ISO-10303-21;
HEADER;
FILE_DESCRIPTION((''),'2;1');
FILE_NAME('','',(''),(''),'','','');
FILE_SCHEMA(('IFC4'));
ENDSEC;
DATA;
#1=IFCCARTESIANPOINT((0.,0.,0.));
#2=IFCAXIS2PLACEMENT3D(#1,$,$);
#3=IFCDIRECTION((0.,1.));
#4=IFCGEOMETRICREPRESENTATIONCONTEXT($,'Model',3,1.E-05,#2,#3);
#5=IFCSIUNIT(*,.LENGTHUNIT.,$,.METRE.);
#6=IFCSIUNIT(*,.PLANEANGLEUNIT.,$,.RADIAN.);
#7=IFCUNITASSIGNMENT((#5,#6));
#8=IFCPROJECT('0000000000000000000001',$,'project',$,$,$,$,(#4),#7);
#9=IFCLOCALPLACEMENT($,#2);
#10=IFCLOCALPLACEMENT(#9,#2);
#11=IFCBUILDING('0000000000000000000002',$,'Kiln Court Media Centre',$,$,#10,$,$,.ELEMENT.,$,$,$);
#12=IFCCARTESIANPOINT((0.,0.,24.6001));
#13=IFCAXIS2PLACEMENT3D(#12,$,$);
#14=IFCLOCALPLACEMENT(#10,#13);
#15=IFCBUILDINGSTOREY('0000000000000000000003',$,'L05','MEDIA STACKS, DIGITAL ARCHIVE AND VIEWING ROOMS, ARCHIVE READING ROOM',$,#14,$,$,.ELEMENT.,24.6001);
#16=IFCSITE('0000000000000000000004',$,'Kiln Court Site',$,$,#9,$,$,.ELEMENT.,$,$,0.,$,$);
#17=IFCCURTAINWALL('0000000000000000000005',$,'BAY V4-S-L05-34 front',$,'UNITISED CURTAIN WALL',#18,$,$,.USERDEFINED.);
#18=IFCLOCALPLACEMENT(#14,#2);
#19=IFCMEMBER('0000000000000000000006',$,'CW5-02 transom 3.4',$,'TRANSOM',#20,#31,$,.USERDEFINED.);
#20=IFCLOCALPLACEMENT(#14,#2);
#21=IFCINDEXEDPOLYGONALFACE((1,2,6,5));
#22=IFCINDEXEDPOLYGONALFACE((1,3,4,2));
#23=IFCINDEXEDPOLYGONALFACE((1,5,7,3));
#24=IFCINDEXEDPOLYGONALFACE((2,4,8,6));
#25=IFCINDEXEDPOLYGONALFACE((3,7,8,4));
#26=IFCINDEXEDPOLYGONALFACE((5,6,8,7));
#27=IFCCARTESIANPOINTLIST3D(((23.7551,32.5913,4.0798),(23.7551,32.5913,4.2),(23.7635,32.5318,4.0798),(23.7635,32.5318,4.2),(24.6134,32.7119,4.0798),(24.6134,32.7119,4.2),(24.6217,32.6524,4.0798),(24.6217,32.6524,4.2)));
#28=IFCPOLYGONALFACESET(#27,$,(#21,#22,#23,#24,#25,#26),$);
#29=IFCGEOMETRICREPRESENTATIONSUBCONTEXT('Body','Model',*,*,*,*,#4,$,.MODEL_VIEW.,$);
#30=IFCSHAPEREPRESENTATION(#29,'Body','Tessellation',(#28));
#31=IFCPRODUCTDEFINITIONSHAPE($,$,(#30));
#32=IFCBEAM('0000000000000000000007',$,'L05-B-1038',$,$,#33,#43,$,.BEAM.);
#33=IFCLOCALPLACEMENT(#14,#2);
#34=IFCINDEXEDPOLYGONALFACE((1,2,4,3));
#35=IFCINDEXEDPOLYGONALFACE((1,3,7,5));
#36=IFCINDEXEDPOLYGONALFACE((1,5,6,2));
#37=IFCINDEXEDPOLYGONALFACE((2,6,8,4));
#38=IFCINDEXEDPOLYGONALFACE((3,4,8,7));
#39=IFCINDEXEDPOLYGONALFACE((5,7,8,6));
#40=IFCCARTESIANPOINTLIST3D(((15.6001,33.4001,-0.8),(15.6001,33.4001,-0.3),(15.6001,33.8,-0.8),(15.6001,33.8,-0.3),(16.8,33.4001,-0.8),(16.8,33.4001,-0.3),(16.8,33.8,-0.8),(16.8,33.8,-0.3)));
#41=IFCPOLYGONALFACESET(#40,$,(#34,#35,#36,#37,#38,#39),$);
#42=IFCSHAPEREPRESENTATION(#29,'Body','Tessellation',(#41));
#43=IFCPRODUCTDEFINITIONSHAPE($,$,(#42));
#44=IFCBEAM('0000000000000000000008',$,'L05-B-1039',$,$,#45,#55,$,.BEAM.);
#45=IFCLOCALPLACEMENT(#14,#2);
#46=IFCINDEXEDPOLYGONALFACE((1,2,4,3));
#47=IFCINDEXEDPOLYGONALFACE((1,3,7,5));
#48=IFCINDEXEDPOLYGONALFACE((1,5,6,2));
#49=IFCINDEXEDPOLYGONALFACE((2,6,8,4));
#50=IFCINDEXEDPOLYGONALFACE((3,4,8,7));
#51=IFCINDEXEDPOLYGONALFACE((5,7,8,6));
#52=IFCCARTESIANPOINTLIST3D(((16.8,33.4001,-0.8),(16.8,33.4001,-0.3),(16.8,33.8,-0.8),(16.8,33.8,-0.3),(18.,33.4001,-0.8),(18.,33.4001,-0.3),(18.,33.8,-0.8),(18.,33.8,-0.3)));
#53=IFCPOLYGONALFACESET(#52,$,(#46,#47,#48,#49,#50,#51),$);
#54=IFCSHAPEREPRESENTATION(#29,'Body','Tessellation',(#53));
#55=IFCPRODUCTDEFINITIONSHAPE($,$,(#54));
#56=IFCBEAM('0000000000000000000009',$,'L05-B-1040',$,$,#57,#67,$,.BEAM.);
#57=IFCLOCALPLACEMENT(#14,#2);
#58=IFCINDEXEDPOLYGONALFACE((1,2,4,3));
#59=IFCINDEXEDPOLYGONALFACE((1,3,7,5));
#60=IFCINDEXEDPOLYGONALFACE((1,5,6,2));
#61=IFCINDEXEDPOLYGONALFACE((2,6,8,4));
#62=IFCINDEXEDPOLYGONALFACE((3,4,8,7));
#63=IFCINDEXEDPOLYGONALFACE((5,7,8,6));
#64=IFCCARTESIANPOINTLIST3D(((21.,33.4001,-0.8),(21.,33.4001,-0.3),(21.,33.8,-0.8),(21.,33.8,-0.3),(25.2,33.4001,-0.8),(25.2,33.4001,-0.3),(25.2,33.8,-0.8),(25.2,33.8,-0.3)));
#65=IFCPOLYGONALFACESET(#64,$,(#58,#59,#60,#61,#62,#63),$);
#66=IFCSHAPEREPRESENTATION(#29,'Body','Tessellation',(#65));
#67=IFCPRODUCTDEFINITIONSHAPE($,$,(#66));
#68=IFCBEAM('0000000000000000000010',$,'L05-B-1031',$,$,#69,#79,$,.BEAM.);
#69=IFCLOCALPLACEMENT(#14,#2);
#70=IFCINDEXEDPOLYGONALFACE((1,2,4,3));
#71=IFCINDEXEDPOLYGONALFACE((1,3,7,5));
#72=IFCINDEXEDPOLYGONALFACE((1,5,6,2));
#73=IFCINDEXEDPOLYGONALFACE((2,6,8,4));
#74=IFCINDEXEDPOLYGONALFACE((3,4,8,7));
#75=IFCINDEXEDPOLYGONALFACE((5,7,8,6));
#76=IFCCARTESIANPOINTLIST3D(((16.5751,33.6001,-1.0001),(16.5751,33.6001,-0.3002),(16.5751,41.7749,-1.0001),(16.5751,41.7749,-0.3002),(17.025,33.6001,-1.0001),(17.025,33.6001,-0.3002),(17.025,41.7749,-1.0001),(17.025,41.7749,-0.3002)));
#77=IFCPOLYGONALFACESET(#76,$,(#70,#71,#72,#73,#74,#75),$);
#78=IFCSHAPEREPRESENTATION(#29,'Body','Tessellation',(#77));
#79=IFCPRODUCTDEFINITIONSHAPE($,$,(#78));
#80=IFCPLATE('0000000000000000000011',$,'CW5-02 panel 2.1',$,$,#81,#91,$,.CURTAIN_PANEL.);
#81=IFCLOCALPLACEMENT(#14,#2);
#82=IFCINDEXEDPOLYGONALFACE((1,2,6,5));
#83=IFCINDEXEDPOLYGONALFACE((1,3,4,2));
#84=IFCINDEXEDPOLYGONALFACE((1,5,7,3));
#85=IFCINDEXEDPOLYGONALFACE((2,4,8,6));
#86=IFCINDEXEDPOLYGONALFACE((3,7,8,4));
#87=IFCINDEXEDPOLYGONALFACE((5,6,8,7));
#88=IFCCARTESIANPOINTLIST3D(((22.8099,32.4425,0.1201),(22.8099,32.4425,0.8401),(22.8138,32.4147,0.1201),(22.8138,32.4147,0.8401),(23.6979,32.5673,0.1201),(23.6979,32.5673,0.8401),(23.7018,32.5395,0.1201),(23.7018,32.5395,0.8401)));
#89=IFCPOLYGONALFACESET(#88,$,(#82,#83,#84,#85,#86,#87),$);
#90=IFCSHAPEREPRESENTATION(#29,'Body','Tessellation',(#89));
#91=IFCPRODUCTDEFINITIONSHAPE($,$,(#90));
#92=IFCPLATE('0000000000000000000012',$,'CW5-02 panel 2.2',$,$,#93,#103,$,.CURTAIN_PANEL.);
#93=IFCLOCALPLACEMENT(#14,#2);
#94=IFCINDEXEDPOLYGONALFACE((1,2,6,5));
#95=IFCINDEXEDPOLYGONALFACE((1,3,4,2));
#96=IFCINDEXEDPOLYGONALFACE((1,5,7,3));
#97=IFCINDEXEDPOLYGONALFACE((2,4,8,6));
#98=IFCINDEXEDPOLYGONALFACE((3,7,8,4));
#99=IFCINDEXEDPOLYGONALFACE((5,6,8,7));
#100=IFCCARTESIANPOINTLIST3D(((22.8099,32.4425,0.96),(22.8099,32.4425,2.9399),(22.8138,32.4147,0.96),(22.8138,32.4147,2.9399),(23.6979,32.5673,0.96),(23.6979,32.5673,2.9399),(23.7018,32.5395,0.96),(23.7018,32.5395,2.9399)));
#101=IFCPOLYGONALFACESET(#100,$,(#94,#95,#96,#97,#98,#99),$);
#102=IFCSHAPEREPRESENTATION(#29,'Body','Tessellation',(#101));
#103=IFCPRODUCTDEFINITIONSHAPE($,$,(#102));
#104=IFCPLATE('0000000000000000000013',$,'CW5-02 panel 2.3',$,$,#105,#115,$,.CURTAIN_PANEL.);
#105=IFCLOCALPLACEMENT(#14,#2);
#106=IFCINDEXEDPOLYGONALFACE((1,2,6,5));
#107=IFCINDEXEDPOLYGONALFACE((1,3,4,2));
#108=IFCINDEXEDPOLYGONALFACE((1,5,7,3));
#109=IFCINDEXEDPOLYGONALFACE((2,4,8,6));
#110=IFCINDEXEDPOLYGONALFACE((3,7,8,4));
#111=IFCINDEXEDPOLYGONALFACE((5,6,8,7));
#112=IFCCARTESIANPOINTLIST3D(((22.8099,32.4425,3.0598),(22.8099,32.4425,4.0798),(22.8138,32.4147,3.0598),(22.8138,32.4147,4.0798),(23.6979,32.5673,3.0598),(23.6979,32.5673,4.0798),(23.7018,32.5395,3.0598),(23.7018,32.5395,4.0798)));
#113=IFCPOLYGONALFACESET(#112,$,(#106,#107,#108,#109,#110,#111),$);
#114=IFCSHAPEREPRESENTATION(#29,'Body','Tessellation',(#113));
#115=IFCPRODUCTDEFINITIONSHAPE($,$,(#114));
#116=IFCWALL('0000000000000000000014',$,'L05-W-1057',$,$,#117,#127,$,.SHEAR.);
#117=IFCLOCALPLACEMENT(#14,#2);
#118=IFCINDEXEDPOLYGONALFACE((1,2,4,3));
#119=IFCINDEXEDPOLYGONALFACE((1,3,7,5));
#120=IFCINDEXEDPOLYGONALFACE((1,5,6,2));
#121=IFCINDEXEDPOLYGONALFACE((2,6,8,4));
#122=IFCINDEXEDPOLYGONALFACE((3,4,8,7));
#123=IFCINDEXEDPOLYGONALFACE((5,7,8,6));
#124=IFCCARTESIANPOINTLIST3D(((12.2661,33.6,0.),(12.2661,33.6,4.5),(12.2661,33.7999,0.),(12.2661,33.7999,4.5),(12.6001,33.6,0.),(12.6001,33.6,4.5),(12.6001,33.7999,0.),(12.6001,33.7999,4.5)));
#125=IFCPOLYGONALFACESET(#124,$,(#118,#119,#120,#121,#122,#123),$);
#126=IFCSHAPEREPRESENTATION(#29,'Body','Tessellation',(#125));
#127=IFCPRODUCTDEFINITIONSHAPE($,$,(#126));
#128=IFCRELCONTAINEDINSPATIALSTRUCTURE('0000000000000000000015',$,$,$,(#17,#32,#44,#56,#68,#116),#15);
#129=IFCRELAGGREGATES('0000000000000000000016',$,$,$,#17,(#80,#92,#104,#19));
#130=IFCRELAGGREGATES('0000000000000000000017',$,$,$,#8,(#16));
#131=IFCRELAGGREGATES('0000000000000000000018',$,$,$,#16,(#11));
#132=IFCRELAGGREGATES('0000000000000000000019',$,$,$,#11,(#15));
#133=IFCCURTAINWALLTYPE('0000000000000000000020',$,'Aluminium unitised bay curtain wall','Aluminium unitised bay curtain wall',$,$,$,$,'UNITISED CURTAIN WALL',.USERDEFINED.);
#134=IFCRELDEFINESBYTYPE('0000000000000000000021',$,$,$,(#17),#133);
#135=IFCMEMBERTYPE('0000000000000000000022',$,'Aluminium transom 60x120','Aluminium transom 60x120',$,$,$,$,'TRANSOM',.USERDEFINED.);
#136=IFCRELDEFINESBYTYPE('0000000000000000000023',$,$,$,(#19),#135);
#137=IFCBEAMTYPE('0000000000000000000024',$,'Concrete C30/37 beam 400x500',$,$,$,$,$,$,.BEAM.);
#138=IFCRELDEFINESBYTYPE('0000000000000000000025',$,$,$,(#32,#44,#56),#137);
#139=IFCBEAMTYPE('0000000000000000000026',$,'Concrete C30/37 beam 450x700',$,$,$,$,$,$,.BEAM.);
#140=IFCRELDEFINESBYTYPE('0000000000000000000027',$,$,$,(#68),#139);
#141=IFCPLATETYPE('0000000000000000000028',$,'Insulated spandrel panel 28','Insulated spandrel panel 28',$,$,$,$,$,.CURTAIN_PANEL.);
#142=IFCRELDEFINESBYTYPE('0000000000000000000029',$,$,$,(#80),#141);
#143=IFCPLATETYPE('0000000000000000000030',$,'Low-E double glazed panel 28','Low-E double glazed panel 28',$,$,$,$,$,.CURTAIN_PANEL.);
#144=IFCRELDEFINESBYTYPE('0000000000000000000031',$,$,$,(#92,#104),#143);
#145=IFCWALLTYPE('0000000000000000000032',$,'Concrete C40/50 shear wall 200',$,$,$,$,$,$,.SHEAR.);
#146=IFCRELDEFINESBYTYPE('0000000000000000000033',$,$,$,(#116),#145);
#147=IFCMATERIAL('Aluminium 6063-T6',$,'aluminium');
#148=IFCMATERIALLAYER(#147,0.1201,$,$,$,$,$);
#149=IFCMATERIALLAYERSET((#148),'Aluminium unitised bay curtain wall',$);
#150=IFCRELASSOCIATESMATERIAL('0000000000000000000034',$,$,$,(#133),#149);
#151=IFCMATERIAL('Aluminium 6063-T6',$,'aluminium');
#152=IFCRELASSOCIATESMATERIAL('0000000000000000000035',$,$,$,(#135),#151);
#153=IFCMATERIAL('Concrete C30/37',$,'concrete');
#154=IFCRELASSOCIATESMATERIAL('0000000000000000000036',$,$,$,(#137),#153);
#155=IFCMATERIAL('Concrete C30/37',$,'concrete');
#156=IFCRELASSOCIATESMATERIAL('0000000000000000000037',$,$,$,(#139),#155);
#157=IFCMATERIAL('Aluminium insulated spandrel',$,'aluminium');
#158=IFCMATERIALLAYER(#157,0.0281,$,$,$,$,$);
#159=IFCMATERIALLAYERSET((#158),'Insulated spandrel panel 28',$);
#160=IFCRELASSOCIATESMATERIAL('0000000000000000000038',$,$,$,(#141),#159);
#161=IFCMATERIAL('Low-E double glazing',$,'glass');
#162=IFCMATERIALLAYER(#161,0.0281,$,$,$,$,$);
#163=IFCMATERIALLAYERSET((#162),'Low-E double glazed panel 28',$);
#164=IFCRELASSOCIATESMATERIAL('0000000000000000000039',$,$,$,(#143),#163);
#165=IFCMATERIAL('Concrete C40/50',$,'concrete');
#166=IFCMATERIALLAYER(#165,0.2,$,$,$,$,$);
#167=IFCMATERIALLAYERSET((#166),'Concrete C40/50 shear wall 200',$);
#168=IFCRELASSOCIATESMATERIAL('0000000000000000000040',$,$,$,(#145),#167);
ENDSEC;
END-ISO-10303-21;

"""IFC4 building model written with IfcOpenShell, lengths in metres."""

from ifc_helpers import new_model, si_unit, direction, frame, frame_2d, origin, origin_2d, place, context, subcontext, project, spatial, rectangle, extrude, material, layer, layer_set, material_profile, profile_set, type_object, element, aggregate, save


model = new_model("IFC4")

# Units and contexts
model_context = context("Model", 3, precision=1e-05, world=origin(), true_north=direction((0.0, 1.0)))
body_context = subcontext(model_context, "Body", "Model", "MODEL_VIEW")
ifc_project = project(units=[si_unit("LENGTHUNIT", "METRE"), si_unit("PLANEANGLEUNIT", "RADIAN")], contexts=[model_context])

# Site, building, storey
site_placement = place(None, origin())
site = spatial("IfcSite", under=ifc_project, at=site_placement, Name="Kiln Court Site", CompositionType="ELEMENT", RefElevation=0.0)
building_placement = place(site_placement, origin())
building = spatial("IfcBuilding", under=site, at=building_placement, Name="Kiln Court Media Centre", CompositionType="ELEMENT")
storey_placement = place(building_placement, frame((0.0, 0.0, 24.6001)))
storey = spatial("IfcBuildingStorey", under=building, at=storey_placement, Name="L05", Description="MEDIA STACKS, DIGITAL ARCHIVE AND VIEWING ROOMS, ARCHIVE READING ROOM", CompositionType="ELEMENT", Elevation=24.6001)

# Curtain wall
ifc_material_1 = material(Name="Aluminium 6063-T6", Category="aluminium")
ifc_layer_1 = layer(ifc_material_1, 0.1201)
ifc_layer_set_1 = layer_set([ifc_layer_1], Name="Aluminium unitised bay curtain wall")
curtain_wall_type = type_object("IfcCurtainWallType", Name="Aluminium unitised bay curtain wall", Description="Aluminium unitised bay curtain wall", ElementType="UNITISED CURTAIN WALL", PredefinedType="USERDEFINED", material=ifc_layer_set_1)
curtain_wall_1_placement = place(storey_placement, origin())
curtain_wall_1 = element("IfcCurtainWall", 1, at=curtain_wall_1_placement, inside=storey, type_object=curtain_wall_type, Name="BAY V4-S-L05-34 front", ObjectType="UNITISED CURTAIN WALL", PredefinedType="USERDEFINED")
ifc_material_2 = material(Name="Aluminium 6063-T6", Category="aluminium")
ifc_material_profile_1 = material_profile(ifc_material_2, rectangle(XDim=0.0601, YDim=0.1201, at=origin_2d()), Name="Aluminium transom 60x120")
ifc_profile_set_1 = profile_set([ifc_material_profile_1], Name="Aluminium 6063-T6")
member_type_1 = type_object("IfcMemberType", Name="Aluminium transom 60x120", Description="Aluminium transom 60x120", ElementType="TRANSOM", PredefinedType="USERDEFINED", material=ifc_profile_set_1)

# Member
member_1_placement = place(storey_placement, frame((23.7593, 32.5615, 4.1399), z_axis=(0.990268, 0.139173, 0.0), x_axis=(-0.139173, 0.990268, 0.0)))
member_1 = element("IfcMember", 2, at=member_1_placement, type_object=member_type_1, Name="CW5-02 transom 3.4", ObjectType="TRANSOM", PredefinedType="USERDEFINED", context=body_context, shape_type="SweptSolid", body=[
    extrude(rectangle(XDim=0.0601, YDim=0.1201, at=origin_2d()), origin(), (0.0, 0.0, 1.0), 0.8667),
])

# Beams
ifc_material_3 = material(Name="Concrete C30/37", Category="concrete")
ifc_material_profile_2 = material_profile(ifc_material_3, rectangle(XDim=0.3999, YDim=0.5, at=origin_2d()), Name="RC 400x500")
ifc_profile_set_2 = profile_set([ifc_material_profile_2], Name="Concrete C30/37")
beam_type_1 = type_object("IfcBeamType", Name="Concrete C30/37 beam 400x500", PredefinedType="BEAM", material=ifc_profile_set_2)
for number, where, z_axis, x_axis, name in (
    (3, (15.6001, 33.6001, -0.55), (1.0, 0.0, 0.0), (0.0, 1.0, 0.0), "L05-B-1038"),
    (4, (16.8, 33.6001, -0.55), (1.0, 0.0, 0.0), (0.0, 1.0, 0.0), "L05-B-1039"),
):
    element("IfcBeam", number, at=place(storey_placement, frame(where, z_axis=z_axis, x_axis=x_axis)), inside=storey, type_object=beam_type_1, Name=name, PredefinedType="BEAM", context=body_context, shape_type="SweptSolid", body=[
        extrude(rectangle(XDim=0.3999, YDim=0.5, at=origin_2d()), origin(), (0.0, 0.0, 1.0), 1.2),
    ])
beam_1_placement = place(storey_placement, frame((21.0, 33.6001, -0.55), z_axis=(1.0, 0.0, 0.0), x_axis=(0.0, 1.0, 0.0)))
element("IfcBeam", 5, at=beam_1_placement, inside=storey, type_object=beam_type_1, Name="L05-B-1040", PredefinedType="BEAM", context=body_context, shape_type="SweptSolid", body=[
    extrude(rectangle(XDim=0.3999, YDim=0.5, at=origin_2d()), origin(), (0.0, 0.0, 1.0), 4.2),
])
ifc_material_4 = material(Name="Concrete C30/37", Category="concrete")
ifc_material_profile_3 = material_profile(ifc_material_4, rectangle(XDim=0.45, YDim=0.7, at=origin_2d()), Name="RC 450x700")
ifc_profile_set_3 = profile_set([ifc_material_profile_3], Name="Concrete C30/37")
beam_type_2 = type_object("IfcBeamType", Name="Concrete C30/37 beam 450x700", PredefinedType="BEAM", material=ifc_profile_set_3)
beam_2_placement = place(storey_placement, frame((16.8, 33.6001, -0.6501), z_axis=(0.0, 1.0, 0.0), x_axis=(-1.0, 0.0, 0.0)))
element("IfcBeam", 6, at=beam_2_placement, inside=storey, type_object=beam_type_2, Name="L05-B-1031", PredefinedType="BEAM", context=body_context, shape_type="SweptSolid", body=[
    extrude(rectangle(XDim=0.45, YDim=0.7, at=origin_2d()), origin(), (0.0, 0.0, 1.0), 8.1748),
])

# Plates
ifc_material_5 = material(Name="Aluminium insulated spandrel", Category="aluminium")
ifc_layer_2 = layer(ifc_material_5, 0.0281)
ifc_layer_set_2 = layer_set([ifc_layer_2], Name="Insulated spandrel panel 28")
plate_type_1 = type_object("IfcPlateType", Name="Insulated spandrel panel 28", Description="Insulated spandrel panel 28", PredefinedType="CURTAIN_PANEL", material=ifc_layer_set_2)
plate_1_placement = place(storey_placement, frame((23.2559, 32.491, 0.1201), z_axis=(0.0, 0.0, 1.0), x_axis=(0.99027, 0.139162, 0.0)))
plate_1 = element("IfcPlate", 7, at=plate_1_placement, type_object=plate_type_1, Name="CW5-02 panel 2.1", PredefinedType="CURTAIN_PANEL", context=body_context, shape_type="SweptSolid", body=[
    extrude(rectangle(XDim=0.8967, YDim=0.0281, at=origin_2d()), origin(), (0.0, 0.0, 1.0), 0.72),
])
ifc_material_6 = material(Name="Low-E double glazing", Category="glass")
ifc_layer_3 = layer(ifc_material_6, 0.0281)
ifc_layer_set_3 = layer_set([ifc_layer_3], Name="Low-E double glazed panel 28")
plate_type_2 = type_object("IfcPlateType", Name="Low-E double glazed panel 28", Description="Low-E double glazed panel 28", PredefinedType="CURTAIN_PANEL", material=ifc_layer_set_3)
plate_2_placement = place(storey_placement, frame((23.2559, 32.491, 0.96), z_axis=(0.0, 0.0, 1.0), x_axis=(0.99027, 0.139162, 0.0)))
plate_2 = element("IfcPlate", 8, at=plate_2_placement, type_object=plate_type_2, Name="CW5-02 panel 2.2", PredefinedType="CURTAIN_PANEL", context=body_context, shape_type="SweptSolid", body=[
    extrude(rectangle(XDim=0.8967, YDim=0.0281, at=origin_2d()), origin(), (0.0, 0.0, 1.0), 1.98),
])
plate_3_placement = place(storey_placement, frame((23.2559, 32.491, 3.0598), z_axis=(0.0, 0.0, 1.0), x_axis=(0.99027, 0.139162, 0.0)))
plate_3 = element("IfcPlate", 9, at=plate_3_placement, type_object=plate_type_2, Name="CW5-02 panel 2.3", PredefinedType="CURTAIN_PANEL", context=body_context, shape_type="SweptSolid", body=[
    extrude(rectangle(XDim=0.8967, YDim=0.0281, at=origin_2d()), origin(), (0.0, 0.0, 1.0), 1.02),
])
aggregate(curtain_wall_1, [plate_1, plate_2, plate_3, member_1])

# Wall
ifc_material_7 = material(Name="Concrete C40/50", Category="concrete")
ifc_layer_4 = layer(ifc_material_7, 0.2)
ifc_layer_set_4 = layer_set([ifc_layer_4], Name="Concrete C40/50 shear wall 200")
wall_type = type_object("IfcWallType", Name="Concrete C40/50 shear wall 200", PredefinedType="SHEAR", material=ifc_layer_set_4)
wall_placement = place(storey_placement, frame((12.6001, 33.7, 0.0), z_axis=(0.0, 0.0, 1.0), x_axis=(-1.0, 0.0, 0.0)))
element("IfcWall", 10, at=wall_placement, inside=storey, type_object=wall_type, Name="L05-W-1057", PredefinedType="SHEAR", context=body_context, shape_type="SweptSolid", body=[
    extrude(rectangle(XDim=0.334, YDim=0.2, at=frame_2d((0.167, 0.0))), origin(), (0.0, 0.0, 1.0), 4.5),
])

save(model, "model.ifc")
